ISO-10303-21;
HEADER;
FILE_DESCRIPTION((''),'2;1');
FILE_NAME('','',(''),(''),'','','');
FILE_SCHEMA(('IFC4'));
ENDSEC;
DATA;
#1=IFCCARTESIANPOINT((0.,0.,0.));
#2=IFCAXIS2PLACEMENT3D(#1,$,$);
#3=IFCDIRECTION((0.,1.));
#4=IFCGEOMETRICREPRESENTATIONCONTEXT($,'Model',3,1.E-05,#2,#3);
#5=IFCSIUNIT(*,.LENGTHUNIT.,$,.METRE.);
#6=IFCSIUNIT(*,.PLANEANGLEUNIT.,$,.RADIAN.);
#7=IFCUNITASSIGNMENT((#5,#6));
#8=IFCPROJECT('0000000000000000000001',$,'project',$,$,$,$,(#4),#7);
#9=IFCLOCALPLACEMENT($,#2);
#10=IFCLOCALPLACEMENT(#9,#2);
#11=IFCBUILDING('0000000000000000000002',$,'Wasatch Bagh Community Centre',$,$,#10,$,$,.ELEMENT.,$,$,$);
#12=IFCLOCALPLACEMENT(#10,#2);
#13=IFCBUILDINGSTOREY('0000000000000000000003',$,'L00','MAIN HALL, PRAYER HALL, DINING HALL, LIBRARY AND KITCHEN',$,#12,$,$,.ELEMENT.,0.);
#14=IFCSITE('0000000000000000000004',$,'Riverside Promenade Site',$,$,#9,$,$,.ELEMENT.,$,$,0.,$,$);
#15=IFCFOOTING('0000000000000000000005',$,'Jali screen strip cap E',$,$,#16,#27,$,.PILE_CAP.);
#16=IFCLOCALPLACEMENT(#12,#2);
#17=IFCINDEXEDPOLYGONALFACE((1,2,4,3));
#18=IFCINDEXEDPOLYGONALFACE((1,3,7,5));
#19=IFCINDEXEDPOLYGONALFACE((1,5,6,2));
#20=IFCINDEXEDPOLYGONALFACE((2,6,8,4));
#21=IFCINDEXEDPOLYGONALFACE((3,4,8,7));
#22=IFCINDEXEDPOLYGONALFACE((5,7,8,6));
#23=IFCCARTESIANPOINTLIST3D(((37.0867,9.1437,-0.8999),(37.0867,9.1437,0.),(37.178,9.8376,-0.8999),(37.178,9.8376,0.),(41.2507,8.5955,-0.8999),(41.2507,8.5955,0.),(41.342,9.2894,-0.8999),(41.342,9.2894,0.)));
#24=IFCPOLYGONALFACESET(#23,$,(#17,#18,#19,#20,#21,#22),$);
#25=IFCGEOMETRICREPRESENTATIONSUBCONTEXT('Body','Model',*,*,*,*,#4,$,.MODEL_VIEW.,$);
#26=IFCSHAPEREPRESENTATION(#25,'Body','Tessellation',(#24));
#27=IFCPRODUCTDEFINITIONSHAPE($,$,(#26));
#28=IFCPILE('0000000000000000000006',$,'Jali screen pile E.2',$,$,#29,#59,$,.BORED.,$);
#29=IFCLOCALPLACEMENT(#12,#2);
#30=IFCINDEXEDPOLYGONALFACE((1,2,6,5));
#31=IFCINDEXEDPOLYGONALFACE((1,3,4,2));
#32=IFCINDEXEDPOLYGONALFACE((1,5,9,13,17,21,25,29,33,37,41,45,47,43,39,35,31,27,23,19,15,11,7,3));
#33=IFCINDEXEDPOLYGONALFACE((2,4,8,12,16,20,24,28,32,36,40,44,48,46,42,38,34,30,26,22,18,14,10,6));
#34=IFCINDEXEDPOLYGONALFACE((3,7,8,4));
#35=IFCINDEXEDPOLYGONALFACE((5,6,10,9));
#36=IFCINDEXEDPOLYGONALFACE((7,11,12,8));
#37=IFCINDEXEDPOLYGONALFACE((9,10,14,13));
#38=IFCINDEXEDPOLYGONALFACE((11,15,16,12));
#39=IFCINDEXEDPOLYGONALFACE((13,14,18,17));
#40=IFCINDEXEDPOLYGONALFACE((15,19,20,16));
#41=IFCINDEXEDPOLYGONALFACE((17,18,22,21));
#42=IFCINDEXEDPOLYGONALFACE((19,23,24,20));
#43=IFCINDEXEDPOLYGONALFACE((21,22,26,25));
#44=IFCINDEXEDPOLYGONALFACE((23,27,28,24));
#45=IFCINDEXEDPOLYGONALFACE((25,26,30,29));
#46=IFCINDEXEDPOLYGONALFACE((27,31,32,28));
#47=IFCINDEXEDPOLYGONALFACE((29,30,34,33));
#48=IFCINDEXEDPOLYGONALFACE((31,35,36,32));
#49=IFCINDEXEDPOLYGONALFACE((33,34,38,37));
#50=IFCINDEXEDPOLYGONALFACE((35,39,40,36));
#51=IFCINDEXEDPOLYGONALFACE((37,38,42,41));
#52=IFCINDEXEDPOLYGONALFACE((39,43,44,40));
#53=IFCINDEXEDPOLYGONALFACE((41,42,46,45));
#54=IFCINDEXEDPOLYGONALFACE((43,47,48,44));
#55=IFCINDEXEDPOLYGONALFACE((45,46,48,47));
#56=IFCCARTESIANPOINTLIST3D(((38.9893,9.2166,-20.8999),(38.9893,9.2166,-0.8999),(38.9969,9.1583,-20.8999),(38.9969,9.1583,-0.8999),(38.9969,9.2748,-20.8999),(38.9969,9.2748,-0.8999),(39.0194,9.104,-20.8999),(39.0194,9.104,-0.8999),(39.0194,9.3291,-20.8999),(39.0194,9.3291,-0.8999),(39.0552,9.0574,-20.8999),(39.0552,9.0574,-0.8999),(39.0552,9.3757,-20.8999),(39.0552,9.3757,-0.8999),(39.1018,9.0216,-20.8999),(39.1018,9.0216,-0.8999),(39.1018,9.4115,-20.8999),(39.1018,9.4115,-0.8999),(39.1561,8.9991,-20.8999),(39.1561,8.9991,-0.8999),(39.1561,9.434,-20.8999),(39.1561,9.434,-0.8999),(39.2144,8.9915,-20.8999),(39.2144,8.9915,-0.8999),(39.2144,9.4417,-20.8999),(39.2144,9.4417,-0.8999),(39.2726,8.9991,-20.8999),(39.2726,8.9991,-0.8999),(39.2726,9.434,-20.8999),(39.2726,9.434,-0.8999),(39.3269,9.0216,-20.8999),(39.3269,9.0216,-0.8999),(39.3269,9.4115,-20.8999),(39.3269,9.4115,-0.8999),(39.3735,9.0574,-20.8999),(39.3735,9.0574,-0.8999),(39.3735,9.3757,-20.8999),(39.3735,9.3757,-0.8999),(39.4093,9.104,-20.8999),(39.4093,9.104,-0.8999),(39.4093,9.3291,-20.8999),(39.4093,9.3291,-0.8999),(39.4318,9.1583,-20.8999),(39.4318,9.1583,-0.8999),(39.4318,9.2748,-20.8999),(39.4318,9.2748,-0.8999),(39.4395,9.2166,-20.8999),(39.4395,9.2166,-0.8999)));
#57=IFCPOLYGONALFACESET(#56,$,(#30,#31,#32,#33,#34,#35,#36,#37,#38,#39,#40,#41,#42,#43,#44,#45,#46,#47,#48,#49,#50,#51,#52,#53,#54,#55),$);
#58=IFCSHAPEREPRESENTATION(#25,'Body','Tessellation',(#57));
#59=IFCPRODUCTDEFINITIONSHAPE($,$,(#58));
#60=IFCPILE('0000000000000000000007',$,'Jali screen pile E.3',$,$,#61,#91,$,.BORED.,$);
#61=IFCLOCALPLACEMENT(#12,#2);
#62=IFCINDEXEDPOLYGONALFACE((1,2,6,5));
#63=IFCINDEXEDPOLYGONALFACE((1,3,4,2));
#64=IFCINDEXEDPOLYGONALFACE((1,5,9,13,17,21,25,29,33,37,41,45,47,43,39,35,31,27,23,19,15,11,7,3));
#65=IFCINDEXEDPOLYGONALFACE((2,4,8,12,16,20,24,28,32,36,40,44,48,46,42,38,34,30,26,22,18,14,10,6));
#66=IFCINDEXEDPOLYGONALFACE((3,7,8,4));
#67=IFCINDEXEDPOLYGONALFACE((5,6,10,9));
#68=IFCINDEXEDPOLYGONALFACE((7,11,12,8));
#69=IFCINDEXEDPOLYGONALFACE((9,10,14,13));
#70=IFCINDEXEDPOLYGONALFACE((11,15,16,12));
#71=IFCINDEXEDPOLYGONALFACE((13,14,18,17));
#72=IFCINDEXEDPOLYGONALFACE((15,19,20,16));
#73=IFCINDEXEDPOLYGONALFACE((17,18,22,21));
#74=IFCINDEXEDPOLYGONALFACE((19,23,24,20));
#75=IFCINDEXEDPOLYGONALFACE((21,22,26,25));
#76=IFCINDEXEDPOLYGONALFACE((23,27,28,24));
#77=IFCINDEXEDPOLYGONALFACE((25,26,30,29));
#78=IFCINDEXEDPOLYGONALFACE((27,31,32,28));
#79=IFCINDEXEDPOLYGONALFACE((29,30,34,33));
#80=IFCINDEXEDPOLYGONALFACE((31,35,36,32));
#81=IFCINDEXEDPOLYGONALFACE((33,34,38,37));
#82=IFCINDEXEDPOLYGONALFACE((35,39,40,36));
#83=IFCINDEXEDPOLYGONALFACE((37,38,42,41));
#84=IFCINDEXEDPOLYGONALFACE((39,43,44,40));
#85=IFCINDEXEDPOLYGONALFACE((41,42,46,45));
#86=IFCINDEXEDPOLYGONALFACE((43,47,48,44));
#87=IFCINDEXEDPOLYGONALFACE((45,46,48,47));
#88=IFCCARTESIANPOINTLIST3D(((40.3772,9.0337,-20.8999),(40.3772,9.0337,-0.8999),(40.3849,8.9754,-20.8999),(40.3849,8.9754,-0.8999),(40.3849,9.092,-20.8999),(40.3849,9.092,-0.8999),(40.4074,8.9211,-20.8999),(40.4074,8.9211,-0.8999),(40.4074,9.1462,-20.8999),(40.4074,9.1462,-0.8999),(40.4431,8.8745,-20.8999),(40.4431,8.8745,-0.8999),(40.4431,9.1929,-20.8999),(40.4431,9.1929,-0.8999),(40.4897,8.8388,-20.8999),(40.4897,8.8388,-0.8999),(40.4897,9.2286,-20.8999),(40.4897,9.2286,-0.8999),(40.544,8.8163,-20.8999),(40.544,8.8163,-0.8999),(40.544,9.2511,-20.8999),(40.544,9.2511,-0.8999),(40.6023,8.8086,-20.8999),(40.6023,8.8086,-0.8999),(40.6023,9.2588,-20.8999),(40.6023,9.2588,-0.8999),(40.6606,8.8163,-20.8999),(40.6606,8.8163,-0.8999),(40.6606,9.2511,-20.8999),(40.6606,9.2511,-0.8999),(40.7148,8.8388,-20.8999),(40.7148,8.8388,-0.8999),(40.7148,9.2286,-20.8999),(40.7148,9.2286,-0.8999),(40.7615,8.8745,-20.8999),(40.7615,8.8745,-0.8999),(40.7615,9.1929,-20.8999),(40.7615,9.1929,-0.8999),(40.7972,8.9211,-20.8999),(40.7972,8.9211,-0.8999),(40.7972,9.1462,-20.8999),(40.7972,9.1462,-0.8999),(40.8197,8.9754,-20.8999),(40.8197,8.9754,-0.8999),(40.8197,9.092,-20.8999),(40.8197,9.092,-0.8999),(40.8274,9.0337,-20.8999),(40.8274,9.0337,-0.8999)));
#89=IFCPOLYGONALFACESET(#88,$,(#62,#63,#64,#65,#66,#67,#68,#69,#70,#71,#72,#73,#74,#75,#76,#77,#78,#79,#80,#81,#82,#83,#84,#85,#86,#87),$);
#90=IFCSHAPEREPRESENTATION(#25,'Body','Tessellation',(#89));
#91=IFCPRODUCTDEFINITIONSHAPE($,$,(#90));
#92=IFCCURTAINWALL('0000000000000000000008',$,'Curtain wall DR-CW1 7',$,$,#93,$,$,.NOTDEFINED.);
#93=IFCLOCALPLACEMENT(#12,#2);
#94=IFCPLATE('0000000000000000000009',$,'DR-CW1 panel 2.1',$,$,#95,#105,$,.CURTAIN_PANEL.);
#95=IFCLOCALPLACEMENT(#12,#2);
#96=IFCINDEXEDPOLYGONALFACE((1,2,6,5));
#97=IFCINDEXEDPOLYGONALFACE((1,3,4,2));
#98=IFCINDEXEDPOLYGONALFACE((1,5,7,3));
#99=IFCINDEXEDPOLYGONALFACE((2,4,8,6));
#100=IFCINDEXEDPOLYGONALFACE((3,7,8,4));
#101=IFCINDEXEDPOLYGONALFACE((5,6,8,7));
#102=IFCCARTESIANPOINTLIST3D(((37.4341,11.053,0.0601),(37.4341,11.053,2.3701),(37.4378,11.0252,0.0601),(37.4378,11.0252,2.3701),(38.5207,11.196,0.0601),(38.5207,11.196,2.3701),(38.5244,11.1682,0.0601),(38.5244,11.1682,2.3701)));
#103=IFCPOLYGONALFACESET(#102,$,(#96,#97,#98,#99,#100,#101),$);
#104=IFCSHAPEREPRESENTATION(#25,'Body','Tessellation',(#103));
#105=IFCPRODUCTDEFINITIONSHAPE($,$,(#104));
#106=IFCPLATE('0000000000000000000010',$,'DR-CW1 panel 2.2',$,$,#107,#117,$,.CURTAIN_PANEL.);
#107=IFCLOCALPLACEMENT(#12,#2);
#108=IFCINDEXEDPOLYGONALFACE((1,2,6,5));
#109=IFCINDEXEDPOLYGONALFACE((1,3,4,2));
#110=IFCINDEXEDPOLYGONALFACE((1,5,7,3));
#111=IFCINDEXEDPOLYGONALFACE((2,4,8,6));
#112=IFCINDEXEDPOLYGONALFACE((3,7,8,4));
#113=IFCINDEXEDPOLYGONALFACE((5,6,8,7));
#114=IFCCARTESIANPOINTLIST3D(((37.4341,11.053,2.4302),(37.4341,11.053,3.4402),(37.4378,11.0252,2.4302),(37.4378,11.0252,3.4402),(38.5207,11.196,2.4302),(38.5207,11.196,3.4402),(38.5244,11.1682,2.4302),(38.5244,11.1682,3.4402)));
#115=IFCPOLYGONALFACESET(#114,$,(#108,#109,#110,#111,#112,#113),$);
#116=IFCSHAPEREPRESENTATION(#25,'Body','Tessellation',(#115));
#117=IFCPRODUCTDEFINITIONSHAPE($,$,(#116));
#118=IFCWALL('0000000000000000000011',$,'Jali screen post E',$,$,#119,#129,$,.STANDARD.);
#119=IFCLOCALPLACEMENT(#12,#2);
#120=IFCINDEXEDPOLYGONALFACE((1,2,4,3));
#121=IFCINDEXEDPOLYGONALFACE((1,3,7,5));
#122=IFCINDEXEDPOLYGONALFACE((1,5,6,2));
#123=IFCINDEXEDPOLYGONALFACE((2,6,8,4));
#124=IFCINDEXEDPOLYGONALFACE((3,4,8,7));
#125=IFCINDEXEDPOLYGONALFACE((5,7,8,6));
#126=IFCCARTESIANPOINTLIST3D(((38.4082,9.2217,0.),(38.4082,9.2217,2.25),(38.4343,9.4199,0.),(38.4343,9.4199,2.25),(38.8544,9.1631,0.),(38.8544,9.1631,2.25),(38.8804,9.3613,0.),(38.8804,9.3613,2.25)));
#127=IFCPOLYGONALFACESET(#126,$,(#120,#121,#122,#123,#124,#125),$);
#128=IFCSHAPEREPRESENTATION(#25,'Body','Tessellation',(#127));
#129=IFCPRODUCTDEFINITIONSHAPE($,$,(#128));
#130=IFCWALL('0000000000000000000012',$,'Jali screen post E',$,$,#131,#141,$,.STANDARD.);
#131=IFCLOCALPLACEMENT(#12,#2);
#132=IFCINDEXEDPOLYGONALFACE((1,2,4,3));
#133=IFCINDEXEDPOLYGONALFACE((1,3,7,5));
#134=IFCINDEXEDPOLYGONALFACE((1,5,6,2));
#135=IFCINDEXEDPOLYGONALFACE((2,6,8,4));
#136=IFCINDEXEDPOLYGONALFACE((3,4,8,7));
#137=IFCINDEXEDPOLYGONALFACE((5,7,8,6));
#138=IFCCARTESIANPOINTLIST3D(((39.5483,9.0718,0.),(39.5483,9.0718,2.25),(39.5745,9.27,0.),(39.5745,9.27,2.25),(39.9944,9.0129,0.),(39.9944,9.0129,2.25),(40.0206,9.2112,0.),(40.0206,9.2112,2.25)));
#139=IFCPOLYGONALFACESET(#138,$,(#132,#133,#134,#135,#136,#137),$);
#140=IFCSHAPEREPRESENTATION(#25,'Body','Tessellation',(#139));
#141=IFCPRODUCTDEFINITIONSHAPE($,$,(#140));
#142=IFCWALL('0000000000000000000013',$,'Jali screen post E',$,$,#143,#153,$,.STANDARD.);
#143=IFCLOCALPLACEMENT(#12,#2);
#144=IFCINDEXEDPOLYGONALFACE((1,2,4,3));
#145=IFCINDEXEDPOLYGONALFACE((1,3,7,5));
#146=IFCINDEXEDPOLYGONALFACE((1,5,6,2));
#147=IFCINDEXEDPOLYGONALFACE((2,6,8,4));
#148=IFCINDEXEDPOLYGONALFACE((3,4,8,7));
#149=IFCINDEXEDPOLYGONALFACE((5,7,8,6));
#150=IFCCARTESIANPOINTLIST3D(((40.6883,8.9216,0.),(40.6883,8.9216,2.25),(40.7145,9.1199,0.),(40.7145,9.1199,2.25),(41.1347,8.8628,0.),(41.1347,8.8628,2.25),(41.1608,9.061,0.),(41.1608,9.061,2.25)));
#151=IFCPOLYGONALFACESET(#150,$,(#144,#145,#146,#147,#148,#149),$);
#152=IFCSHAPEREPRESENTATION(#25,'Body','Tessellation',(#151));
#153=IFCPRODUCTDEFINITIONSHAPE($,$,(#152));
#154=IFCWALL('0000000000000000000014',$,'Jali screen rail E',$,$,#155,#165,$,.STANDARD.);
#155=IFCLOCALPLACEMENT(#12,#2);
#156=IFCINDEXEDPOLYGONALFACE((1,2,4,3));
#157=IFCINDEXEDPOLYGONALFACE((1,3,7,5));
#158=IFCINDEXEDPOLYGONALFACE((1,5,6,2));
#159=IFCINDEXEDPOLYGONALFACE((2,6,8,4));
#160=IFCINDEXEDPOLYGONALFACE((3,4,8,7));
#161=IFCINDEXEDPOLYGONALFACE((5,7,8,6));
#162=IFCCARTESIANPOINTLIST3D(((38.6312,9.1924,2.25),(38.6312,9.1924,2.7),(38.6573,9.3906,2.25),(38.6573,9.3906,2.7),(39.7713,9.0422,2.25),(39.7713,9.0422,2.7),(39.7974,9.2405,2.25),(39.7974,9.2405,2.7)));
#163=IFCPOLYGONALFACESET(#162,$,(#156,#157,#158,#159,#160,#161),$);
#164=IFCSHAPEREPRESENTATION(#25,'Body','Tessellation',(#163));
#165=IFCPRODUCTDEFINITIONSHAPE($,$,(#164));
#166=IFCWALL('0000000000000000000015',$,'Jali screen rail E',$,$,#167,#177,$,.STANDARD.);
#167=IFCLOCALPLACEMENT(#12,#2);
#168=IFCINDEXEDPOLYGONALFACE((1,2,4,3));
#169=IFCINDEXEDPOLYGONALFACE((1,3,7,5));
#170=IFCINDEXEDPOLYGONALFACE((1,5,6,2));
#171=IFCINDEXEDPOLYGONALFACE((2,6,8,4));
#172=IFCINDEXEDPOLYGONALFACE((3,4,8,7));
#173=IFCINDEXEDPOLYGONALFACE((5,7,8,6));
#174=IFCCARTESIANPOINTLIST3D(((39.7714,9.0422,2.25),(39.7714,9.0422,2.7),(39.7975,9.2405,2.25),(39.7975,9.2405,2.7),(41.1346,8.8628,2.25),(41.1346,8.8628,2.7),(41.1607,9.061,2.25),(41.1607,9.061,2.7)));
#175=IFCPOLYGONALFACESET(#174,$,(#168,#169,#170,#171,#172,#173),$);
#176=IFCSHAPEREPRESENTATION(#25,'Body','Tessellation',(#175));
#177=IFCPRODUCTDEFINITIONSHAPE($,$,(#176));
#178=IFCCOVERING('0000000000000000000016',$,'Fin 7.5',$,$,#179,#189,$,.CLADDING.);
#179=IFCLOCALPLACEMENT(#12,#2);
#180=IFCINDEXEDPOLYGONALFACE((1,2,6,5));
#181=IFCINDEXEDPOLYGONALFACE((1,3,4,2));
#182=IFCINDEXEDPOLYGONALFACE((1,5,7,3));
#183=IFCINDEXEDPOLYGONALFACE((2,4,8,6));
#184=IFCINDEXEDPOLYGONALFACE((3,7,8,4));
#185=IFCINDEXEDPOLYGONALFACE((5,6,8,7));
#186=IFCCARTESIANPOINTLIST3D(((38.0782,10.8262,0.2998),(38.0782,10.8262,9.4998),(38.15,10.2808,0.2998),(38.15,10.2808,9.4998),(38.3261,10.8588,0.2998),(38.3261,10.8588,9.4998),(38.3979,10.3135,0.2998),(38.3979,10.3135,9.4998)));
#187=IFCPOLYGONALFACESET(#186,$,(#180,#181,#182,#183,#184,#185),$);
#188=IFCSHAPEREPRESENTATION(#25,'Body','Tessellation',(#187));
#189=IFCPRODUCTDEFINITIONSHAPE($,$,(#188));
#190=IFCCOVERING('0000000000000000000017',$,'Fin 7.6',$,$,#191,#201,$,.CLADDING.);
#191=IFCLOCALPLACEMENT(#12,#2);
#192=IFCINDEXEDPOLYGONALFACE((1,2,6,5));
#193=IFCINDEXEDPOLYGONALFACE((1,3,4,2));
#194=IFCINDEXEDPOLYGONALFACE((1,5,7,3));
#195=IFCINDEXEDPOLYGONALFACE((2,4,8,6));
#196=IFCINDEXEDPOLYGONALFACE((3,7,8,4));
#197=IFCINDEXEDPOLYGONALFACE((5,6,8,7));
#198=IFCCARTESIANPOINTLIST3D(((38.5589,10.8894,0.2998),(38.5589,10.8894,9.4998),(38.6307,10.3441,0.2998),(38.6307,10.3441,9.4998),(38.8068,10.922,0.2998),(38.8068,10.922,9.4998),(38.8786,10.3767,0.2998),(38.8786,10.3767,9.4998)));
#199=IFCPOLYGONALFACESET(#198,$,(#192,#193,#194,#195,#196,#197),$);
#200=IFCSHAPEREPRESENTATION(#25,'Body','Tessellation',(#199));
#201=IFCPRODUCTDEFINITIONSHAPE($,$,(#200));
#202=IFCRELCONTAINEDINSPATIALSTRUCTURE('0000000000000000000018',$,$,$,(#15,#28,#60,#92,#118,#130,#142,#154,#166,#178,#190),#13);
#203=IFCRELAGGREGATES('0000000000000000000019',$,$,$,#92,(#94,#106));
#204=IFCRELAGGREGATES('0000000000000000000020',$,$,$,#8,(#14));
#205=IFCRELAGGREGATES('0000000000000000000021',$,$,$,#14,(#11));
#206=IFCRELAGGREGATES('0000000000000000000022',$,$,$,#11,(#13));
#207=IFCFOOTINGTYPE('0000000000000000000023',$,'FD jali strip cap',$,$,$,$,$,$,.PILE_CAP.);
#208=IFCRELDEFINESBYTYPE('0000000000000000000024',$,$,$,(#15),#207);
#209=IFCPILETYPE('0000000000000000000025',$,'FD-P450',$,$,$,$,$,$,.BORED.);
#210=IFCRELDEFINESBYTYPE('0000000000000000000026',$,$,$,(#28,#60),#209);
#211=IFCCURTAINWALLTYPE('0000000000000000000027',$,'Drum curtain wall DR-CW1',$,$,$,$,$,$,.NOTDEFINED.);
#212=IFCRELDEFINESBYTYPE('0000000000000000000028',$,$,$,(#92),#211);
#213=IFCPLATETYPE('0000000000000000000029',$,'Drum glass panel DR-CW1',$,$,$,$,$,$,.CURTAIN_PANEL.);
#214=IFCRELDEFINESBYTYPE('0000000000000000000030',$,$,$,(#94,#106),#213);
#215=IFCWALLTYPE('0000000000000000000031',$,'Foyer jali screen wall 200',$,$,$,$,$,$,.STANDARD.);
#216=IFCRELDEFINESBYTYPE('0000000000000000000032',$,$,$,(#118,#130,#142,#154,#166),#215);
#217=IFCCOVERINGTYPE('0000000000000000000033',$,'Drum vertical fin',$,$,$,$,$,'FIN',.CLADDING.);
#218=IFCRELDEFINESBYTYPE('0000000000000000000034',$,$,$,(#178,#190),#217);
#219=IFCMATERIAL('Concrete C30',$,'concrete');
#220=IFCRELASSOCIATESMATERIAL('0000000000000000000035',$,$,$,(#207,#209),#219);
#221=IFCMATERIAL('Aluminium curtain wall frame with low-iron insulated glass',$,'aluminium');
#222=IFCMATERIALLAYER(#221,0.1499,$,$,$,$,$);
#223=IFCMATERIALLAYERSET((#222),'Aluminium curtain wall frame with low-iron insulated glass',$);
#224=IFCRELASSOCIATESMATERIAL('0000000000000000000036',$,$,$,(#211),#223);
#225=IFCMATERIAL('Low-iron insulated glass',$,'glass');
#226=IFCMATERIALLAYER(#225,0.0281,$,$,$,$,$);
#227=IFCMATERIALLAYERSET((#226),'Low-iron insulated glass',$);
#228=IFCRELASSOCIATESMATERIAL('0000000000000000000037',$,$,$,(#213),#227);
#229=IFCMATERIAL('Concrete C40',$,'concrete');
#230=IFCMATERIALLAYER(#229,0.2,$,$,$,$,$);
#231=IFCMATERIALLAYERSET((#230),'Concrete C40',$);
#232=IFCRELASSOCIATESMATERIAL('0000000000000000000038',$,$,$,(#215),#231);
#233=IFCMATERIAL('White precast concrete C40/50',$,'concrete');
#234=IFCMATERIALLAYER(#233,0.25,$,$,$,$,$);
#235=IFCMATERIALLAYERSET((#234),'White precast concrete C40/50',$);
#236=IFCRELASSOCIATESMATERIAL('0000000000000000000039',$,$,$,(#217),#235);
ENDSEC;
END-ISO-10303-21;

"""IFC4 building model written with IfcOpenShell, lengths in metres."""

from ifc_helpers import new_model, si_unit, direction, frame, frame_2d, origin, origin_2d, place, context, subcontext, project, spatial, rectangle, circle, extrude, material, layer, layer_set, material_profile, profile_set, type_object, element, aggregate, save


model = new_model("IFC4")

# Units and contexts
model_context = context("Model", 3, precision=1e-05, world=origin(), true_north=direction((0.0, 1.0)))
body_context = subcontext(model_context, "Body", "Model", "MODEL_VIEW")
ifc_project = project(units=[si_unit("LENGTHUNIT", "METRE"), si_unit("PLANEANGLEUNIT", "RADIAN")], contexts=[model_context])

# Site, building, storey
site_placement = place(None, origin())
site = spatial("IfcSite", under=ifc_project, at=site_placement, Name="Riverside Promenade Site", CompositionType="ELEMENT", RefElevation=0.0)
building_placement = place(site_placement, origin())
building = spatial("IfcBuilding", under=site, at=building_placement, Name="Wasatch Bagh Community Centre", CompositionType="ELEMENT")
storey_placement = place(building_placement, origin())
storey = spatial("IfcBuildingStorey", under=building, at=storey_placement, Name="L00", Description="MAIN HALL, PRAYER HALL, DINING HALL, LIBRARY AND KITCHEN", CompositionType="ELEMENT", Elevation=0.0)

# Footing
ifc_material_1 = material(Name="Concrete C30", Category="concrete")
footing_type = type_object("IfcFootingType", Name="FD jali strip cap", PredefinedType="PILE_CAP", material=ifc_material_1)
footing_placement = place(storey_placement, frame((39.2144, 9.2166, -0.8999), z_axis=(0.0, 0.0, 1.0), x_axis=(0.991445, -0.130526, 0.0)))
element("IfcFooting", 1, at=footing_placement, inside=storey, type_object=footing_type, Name="Jali screen strip cap E", PredefinedType="PILE_CAP", context=body_context, shape_type="SweptSolid", body=[
    extrude(rectangle(XDim=4.2, YDim=0.7, at=origin_2d()), origin(), (0.0, 0.0, 1.0), 0.8999),
])

# Piles
ifc_material_profile = material_profile(ifc_material_1, circle(Radius=0.2251, at=origin_2d()), Name="RC D450")
ifc_profile_set = profile_set([ifc_material_profile], Name="Concrete C30")
pile_type = type_object("IfcPileType", Name="FD-P450", PredefinedType="BORED", material=ifc_profile_set)
for number, where, z_axis, x_axis, name in (
    (2, (39.2144, 9.2166, -0.8999), (0.0, 0.0, -1.0), (1.0, 0.0, 0.0), "Jali screen pile E.2"),
    (3, (40.6023, 9.0337, -0.8999), (0.0, 0.0, -1.0), (1.0, 0.0, 0.0), "Jali screen pile E.3"),
):
    element("IfcPile", number, at=place(storey_placement, frame(where, z_axis=z_axis, x_axis=x_axis)), inside=storey, type_object=pile_type, Name=name, PredefinedType="BORED", context=body_context, shape_type="SweptSolid", body=[
        extrude(circle(Radius=0.2251, at=origin_2d()), origin(), (0.0, 0.0, 1.0), 20.0),
    ])

# Curtain wall, plates
ifc_material_2 = material(Name="Aluminium curtain wall frame with low-iron insulated glass", Category="aluminium")
ifc_layer_1 = layer(ifc_material_2, 0.1499)
ifc_layer_set_1 = layer_set([ifc_layer_1], Name="Aluminium curtain wall frame with low-iron insulated glass")
curtain_wall_type = type_object("IfcCurtainWallType", Name="Drum curtain wall DR-CW1", PredefinedType="NOTDEFINED", material=ifc_layer_set_1)
curtain_wall_placement = place(storey_placement, origin())
curtain_wall = element("IfcCurtainWall", 4, at=curtain_wall_placement, inside=storey, type_object=curtain_wall_type, Name="Curtain wall DR-CW1 7", PredefinedType="NOTDEFINED")
ifc_material_3 = material(Name="Low-iron insulated glass", Category="glass")
ifc_layer_2 = layer(ifc_material_3, 0.0281)
ifc_layer_set_2 = layer_set([ifc_layer_2], Name="Low-iron insulated glass")
plate_type = type_object("IfcPlateType", Name="Drum glass panel DR-CW1", PredefinedType="CURTAIN_PANEL", material=ifc_layer_set_2)
plate_1_placement = place(storey_placement, frame((37.9792, 11.1106, 0.0601), z_axis=(0.0, 0.0, 1.0), x_axis=(0.991445, 0.130526, 0.0)))
plate_1 = element("IfcPlate", 5, at=plate_1_placement, type_object=plate_type, Name="DR-CW1 panel 2.1", PredefinedType="CURTAIN_PANEL", context=body_context, shape_type="SweptSolid", body=[
    extrude(rectangle(XDim=1.0959, YDim=0.0281, at=origin_2d()), origin(), (0.0, 0.0, 1.0), 2.3101),
])
plate_2_placement = place(storey_placement, frame((37.9792, 11.1106, 2.4302), z_axis=(0.0, 0.0, 1.0), x_axis=(0.991445, 0.130526, 0.0)))
plate_2 = element("IfcPlate", 6, at=plate_2_placement, type_object=plate_type, Name="DR-CW1 panel 2.2", PredefinedType="CURTAIN_PANEL", context=body_context, shape_type="SweptSolid", body=[
    extrude(rectangle(XDim=1.0959, YDim=0.0281, at=origin_2d()), origin(), (0.0, 0.0, 1.0), 1.01),
])
aggregate(curtain_wall, [plate_1, plate_2])

# Walls
ifc_material_4 = material(Name="Concrete C40", Category="concrete")
ifc_layer_3 = layer(ifc_material_4, 0.2)
ifc_layer_set_3 = layer_set([ifc_layer_3], Name="Concrete C40")
wall_type = type_object("IfcWallType", Name="Foyer jali screen wall 200", PredefinedType="STANDARD", material=ifc_layer_set_3)
for number, where, z_axis, x_axis, name in (
    (7, (38.4211, 9.3208, 0.0), (0.0, 0.0, 1.0), (0.991482, -0.130244, 0.0), "Jali screen post E"),
    (8, (39.5613, 9.1709, 0.0), (0.0, 0.0, 1.0), (0.991412, -0.130777, 0.0), "Jali screen post E"),
):
    element("IfcWall", number, at=place(storey_placement, frame(where, z_axis=z_axis, x_axis=x_axis)), inside=storey, type_object=wall_type, Name=name, PredefinedType="STANDARD", context=body_context, shape_type="SweptSolid", body=[
        extrude(rectangle(XDim=0.45, YDim=0.2, at=frame_2d((0.2251, 0.0))), origin(), (0.0, 0.0, 1.0), 2.25),
    ])
wall_1_placement = place(storey_placement, frame((40.7014, 9.0208, 0.0), z_axis=(0.0, 0.0, 1.0), x_axis=(0.991421, -0.130707, 0.0)))
element("IfcWall", 9, at=wall_1_placement, inside=storey, type_object=wall_type, Name="Jali screen post E", PredefinedType="STANDARD", context=body_context, shape_type="SweptSolid", body=[
    extrude(rectangle(XDim=0.4502, YDim=0.2, at=frame_2d((0.2251, 0.0))), origin(), (0.0, 0.0, 1.0), 2.25),
])
wall_2_placement = place(storey_placement, frame((38.6443, 9.2915, 2.25), z_axis=(0.0, 0.0, 1.0), x_axis=(0.99144, -0.130564, 0.0)))
element("IfcWall", 10, at=wall_2_placement, inside=storey, type_object=wall_type, Name="Jali screen rail E", PredefinedType="STANDARD", context=body_context, shape_type="SweptSolid", body=[
    extrude(rectangle(XDim=1.1499, YDim=0.2, at=frame_2d((0.575, 0.0))), origin(), (0.0, 0.0, 1.0), 0.45),
])
wall_3_placement = place(storey_placement, frame((39.7844, 9.1414, 2.25), z_axis=(0.0, 0.0, 1.0), x_axis=(0.991448, -0.1305, 0.0)))
element("IfcWall", 11, at=wall_3_placement, inside=storey, type_object=wall_type, Name="Jali screen rail E", PredefinedType="STANDARD", context=body_context, shape_type="SweptSolid", body=[
    extrude(rectangle(XDim=1.375, YDim=0.2, at=frame_2d((0.6875, 0.0))), origin(), (0.0, 0.0, 1.0), 0.45),
])

# Coverings
ifc_material_5 = material(Name="White precast concrete C40/50", Category="concrete")
ifc_layer_4 = layer(ifc_material_5, 0.25)
ifc_layer_set_4 = layer_set([ifc_layer_4], Name="White precast concrete C40/50")
covering_type = type_object("IfcCoveringType", Name="Drum vertical fin", ElementType="FIN", PredefinedType="CLADDING", material=ifc_layer_set_4)
for number, where, z_axis, x_axis, name in (
    (12, (38.238, 10.5698, 0.2998), (0.0, 0.0, 1.0), (0.991445, 0.130526, 0.0), "Fin 7.5"),
    (13, (38.7188, 10.6331, 0.2998), (0.0, 0.0, 1.0), (0.991445, 0.130526, 0.0), "Fin 7.6"),
):
    element("IfcCovering", number, at=place(storey_placement, frame(where, z_axis=z_axis, x_axis=x_axis)), inside=storey, type_object=covering_type, Name=name, PredefinedType="CLADDING", context=body_context, shape_type="SweptSolid", body=[
        extrude(rectangle(XDim=0.25, YDim=0.55, at=origin_2d()), origin(), (0.0, 0.0, 1.0), 9.2),
    ])

save(model, "model.ifc")
